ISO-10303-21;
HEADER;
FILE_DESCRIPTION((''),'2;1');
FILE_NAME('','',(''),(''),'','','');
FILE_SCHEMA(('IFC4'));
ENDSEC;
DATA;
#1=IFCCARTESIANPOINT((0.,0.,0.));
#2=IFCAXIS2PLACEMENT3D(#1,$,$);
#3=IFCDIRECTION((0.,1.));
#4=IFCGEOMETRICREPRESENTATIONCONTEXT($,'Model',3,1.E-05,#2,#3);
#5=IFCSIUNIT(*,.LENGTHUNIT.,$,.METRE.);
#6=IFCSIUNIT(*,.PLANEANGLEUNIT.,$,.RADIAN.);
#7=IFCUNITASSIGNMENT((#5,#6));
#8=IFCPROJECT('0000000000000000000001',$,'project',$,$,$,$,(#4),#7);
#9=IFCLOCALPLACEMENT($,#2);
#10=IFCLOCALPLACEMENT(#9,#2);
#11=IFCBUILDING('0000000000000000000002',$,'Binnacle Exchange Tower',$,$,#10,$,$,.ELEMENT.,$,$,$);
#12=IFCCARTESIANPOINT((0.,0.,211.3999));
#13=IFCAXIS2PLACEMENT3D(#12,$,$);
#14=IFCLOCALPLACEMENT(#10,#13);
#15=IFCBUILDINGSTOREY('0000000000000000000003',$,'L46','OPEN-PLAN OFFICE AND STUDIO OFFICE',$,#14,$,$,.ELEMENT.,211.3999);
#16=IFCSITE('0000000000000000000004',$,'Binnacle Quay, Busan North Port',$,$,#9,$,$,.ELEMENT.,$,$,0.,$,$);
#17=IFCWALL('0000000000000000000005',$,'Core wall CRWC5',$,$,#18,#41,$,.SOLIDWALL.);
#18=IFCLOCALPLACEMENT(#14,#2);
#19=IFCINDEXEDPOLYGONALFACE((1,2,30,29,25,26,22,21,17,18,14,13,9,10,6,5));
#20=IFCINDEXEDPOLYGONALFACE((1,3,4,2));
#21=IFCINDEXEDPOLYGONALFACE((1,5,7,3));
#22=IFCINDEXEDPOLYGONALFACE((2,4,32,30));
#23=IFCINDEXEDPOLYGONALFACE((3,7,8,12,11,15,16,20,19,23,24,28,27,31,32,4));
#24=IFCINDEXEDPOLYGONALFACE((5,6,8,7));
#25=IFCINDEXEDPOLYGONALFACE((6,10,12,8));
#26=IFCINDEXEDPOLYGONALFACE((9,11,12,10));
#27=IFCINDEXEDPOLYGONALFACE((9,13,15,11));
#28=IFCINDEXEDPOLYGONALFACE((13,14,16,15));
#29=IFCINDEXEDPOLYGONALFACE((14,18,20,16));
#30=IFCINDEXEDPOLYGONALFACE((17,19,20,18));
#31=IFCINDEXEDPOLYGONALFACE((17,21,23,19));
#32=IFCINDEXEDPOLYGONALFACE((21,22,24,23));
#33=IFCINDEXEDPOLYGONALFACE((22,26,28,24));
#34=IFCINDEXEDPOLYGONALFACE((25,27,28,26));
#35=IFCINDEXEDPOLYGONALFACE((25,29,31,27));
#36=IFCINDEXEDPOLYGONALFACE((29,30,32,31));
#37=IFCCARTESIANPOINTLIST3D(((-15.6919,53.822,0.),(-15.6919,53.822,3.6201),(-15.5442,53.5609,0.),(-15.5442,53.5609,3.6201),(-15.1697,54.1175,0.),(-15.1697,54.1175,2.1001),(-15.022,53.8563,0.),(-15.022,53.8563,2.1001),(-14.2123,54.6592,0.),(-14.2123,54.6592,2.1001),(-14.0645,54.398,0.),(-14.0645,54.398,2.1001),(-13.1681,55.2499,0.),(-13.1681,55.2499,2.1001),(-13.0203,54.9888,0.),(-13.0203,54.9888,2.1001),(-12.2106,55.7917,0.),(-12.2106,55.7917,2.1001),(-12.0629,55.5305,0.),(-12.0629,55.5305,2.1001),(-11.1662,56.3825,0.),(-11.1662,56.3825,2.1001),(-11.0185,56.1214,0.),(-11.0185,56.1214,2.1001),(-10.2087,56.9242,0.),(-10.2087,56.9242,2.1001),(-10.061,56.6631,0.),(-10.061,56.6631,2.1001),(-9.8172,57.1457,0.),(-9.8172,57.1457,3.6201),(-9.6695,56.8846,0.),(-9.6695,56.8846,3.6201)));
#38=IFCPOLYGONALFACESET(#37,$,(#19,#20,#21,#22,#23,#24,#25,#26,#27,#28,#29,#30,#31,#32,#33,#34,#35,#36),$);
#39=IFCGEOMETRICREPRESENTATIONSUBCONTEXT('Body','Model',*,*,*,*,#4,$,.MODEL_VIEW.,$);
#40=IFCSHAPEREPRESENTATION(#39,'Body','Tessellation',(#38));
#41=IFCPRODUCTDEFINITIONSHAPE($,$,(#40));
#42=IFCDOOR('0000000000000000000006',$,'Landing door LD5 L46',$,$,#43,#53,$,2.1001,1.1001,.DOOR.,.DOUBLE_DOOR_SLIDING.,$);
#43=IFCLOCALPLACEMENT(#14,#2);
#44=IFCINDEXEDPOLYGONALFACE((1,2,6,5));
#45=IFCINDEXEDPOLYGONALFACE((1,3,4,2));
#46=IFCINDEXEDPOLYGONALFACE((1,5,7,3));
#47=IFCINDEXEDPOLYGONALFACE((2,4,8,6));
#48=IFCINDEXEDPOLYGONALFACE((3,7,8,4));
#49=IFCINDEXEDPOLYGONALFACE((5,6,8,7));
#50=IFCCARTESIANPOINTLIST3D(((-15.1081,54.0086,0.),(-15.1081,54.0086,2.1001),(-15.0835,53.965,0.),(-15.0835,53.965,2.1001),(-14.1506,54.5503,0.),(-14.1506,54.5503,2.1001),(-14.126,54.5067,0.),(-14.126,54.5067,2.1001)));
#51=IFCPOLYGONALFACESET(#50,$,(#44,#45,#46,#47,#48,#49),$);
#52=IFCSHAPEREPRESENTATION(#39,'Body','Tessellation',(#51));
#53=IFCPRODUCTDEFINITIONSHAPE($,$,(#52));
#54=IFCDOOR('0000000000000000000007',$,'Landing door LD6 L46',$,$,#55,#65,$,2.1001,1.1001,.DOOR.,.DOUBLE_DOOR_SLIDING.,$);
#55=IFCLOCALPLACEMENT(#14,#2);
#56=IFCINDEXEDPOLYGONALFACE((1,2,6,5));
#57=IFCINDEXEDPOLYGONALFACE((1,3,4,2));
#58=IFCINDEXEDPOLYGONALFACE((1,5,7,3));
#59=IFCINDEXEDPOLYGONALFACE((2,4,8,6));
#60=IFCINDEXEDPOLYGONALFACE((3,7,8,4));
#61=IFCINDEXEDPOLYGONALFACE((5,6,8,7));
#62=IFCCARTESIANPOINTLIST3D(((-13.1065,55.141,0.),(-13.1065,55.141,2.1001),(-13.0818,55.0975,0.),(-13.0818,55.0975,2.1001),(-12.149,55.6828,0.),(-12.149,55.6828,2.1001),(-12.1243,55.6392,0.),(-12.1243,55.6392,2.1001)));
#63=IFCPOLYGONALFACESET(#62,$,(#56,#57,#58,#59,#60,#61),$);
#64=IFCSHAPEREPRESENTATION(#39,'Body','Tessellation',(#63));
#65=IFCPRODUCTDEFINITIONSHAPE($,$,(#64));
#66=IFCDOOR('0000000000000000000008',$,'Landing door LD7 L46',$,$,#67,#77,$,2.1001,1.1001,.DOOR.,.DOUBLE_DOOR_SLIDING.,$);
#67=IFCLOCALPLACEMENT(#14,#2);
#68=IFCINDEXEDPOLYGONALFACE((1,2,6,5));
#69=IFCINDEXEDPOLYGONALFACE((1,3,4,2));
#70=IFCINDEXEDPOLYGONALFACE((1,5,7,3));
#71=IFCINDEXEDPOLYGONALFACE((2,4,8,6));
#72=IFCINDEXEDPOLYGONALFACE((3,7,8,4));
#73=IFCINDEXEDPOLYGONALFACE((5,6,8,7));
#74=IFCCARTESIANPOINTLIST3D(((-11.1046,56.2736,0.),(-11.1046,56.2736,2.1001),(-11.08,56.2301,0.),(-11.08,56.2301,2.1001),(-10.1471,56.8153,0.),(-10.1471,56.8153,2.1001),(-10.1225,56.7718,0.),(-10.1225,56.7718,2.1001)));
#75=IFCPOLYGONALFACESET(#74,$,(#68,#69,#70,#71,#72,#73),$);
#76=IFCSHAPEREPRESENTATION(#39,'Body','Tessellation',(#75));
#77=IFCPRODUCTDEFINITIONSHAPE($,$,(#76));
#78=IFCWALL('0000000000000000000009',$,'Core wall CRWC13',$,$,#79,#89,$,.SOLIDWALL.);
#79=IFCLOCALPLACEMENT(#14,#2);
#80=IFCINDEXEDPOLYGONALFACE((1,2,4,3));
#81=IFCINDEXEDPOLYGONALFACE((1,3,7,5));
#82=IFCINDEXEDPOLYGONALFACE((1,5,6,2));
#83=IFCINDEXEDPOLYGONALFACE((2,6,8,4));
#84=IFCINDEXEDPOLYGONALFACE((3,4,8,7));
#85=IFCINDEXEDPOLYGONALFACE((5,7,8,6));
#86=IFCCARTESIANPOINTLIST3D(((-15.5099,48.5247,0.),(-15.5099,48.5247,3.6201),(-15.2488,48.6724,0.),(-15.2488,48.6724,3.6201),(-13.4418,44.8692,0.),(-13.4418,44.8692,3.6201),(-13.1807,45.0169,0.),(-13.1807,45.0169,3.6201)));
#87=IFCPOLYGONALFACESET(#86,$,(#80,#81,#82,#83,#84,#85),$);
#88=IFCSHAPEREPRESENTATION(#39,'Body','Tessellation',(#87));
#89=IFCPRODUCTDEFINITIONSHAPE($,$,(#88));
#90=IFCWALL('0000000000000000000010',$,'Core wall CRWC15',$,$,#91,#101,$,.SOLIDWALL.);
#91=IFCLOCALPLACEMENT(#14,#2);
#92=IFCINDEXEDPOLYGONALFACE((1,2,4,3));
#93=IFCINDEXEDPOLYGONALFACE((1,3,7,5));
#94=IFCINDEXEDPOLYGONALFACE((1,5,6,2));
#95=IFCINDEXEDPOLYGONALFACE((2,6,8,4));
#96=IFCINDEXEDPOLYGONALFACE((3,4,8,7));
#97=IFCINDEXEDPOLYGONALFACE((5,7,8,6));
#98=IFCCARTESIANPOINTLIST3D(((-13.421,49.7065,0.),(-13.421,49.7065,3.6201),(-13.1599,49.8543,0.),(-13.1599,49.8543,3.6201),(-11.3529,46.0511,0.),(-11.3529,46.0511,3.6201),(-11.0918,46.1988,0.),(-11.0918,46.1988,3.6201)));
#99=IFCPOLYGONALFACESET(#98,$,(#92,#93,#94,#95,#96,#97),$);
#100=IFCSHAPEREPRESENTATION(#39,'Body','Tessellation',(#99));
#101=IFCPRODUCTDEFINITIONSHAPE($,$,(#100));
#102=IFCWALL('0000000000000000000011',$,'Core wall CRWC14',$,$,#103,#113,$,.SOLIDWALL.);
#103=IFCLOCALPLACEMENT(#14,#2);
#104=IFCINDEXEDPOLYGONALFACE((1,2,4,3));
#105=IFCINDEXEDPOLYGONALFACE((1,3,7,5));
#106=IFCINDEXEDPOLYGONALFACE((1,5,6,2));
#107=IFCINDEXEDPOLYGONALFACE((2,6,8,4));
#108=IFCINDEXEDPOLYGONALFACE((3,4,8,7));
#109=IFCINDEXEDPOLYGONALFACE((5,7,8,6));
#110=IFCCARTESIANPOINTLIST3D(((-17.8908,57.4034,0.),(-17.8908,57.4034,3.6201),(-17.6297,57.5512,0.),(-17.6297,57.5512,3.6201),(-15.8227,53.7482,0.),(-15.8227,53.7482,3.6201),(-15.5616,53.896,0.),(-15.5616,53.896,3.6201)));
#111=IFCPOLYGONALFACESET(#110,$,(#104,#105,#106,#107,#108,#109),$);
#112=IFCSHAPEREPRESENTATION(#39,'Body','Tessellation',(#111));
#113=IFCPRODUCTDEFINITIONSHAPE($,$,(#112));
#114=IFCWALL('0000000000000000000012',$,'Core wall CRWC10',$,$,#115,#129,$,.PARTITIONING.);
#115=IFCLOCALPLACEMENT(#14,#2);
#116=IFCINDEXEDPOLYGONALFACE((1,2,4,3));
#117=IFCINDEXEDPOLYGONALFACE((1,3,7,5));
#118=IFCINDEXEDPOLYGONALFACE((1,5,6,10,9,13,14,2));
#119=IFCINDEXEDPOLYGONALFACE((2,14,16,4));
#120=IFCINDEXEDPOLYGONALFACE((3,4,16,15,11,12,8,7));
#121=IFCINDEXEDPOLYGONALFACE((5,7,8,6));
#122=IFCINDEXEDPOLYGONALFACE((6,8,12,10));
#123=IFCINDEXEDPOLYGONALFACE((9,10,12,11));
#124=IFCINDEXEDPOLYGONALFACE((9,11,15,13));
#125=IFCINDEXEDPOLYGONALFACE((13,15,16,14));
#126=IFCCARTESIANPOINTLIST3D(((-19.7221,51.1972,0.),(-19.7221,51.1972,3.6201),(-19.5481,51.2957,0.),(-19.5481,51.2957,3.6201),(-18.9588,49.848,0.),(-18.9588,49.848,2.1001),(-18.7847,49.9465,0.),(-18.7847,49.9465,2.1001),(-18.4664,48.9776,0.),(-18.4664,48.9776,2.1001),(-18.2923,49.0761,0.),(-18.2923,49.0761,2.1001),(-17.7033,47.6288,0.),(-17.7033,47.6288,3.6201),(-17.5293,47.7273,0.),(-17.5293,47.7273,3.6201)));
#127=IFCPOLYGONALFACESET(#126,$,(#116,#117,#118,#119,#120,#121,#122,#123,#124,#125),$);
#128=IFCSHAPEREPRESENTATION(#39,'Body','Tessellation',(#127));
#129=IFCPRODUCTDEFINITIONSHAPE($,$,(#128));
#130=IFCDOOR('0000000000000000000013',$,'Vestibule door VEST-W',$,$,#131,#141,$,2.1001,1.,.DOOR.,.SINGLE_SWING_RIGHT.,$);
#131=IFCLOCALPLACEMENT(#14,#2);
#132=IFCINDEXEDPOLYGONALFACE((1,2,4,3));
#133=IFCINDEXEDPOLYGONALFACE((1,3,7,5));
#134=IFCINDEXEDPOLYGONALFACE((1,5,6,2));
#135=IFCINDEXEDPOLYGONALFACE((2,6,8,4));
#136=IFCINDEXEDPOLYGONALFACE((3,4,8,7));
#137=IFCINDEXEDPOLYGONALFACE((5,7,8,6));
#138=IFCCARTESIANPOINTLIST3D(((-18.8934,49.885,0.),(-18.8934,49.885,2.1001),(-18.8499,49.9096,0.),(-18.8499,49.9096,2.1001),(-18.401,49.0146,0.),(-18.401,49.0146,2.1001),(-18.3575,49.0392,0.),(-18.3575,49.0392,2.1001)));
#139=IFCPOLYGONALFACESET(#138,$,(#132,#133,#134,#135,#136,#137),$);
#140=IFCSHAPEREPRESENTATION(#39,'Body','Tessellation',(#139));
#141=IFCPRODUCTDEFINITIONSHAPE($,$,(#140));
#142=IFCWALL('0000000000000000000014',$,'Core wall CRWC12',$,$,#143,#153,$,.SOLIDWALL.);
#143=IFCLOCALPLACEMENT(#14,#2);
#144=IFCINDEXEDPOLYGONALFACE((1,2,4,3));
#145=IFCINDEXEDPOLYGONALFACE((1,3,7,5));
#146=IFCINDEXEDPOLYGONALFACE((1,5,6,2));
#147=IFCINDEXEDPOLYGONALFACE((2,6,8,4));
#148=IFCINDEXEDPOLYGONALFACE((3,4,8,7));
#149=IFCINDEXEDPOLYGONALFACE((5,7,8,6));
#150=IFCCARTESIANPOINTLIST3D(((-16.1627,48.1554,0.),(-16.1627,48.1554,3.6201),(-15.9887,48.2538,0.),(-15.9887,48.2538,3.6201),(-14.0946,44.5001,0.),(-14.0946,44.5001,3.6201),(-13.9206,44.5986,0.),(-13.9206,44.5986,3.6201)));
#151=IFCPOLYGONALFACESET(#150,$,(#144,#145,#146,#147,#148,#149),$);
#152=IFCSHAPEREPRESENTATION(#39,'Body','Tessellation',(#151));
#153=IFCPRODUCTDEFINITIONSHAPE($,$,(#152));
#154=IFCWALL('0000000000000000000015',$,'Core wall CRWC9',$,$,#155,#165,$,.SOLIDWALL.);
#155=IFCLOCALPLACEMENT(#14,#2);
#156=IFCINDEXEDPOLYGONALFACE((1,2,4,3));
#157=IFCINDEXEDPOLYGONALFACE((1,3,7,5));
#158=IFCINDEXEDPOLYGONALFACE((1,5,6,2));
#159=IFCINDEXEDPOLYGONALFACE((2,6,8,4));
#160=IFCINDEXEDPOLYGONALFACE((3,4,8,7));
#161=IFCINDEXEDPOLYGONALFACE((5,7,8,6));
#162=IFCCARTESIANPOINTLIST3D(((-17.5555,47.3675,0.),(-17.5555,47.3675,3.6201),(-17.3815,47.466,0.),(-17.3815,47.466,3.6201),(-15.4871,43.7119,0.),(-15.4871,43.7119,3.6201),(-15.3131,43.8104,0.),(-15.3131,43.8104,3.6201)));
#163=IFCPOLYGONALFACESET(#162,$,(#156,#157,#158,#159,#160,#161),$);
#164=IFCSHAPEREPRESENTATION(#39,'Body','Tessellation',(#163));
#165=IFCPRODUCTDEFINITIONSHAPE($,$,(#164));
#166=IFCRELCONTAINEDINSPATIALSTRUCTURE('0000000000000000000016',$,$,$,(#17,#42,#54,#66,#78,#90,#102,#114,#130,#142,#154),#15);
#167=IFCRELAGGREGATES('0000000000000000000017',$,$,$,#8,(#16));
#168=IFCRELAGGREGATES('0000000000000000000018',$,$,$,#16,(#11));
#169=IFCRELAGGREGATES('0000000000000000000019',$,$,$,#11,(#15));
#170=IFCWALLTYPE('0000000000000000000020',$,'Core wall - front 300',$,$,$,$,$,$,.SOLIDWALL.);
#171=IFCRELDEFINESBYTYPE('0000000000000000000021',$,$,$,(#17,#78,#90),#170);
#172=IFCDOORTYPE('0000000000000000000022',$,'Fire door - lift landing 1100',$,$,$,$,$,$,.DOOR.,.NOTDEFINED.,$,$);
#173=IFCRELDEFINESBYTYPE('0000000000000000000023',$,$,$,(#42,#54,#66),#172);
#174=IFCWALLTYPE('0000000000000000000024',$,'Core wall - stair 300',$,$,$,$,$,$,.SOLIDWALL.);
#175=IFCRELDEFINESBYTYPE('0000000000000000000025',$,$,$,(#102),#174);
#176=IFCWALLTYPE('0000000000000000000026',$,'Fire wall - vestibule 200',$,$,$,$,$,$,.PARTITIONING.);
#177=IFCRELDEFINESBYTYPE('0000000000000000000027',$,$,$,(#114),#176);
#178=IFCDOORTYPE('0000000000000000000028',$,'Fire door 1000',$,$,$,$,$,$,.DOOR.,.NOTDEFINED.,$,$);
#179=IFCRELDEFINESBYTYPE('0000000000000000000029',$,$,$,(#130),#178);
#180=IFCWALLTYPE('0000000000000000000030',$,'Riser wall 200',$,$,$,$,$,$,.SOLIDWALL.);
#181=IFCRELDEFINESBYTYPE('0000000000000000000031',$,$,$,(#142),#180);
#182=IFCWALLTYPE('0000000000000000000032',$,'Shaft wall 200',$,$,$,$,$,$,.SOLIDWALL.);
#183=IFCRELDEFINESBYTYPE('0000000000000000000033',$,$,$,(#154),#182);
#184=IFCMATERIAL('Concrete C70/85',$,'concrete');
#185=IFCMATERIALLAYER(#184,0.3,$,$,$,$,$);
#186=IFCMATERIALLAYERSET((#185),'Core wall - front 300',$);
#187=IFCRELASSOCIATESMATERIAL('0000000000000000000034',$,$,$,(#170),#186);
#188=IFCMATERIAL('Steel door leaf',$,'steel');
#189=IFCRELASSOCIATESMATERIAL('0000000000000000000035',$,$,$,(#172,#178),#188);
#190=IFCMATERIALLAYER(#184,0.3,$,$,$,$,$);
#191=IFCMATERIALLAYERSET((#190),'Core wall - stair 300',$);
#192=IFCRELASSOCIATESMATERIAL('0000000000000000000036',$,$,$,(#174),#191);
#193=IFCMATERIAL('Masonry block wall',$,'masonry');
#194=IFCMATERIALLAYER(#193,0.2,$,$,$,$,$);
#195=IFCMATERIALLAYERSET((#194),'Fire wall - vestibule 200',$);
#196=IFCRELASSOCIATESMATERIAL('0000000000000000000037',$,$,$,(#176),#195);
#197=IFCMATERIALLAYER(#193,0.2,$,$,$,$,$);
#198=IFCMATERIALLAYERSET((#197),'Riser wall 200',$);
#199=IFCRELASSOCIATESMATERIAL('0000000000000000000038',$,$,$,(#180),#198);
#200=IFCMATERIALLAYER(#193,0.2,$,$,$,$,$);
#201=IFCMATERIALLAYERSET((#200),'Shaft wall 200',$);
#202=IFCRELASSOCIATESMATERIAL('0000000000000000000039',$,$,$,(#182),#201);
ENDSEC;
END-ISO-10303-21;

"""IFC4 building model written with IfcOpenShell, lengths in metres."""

from ifc_helpers import new_model, si_unit, direction, frame, frame_2d, origin, place, context, subcontext, project, spatial, rectangle, extrude, material, layer, layer_set, type_object, element, fill, save


model = new_model("IFC4")

# Units and contexts
model_context = context("Model", 3, precision=1e-05, world=origin(), true_north=direction((0.0, 1.0)))
body_context = subcontext(model_context, "Body", "Model", "MODEL_VIEW")
ifc_project = project(units=[si_unit("LENGTHUNIT", "METRE"), si_unit("PLANEANGLEUNIT", "RADIAN")], contexts=[model_context])

# Site, building, storey
site_placement = place(None, origin())
site = spatial("IfcSite", under=ifc_project, at=site_placement, Name="Binnacle Quay, Busan North Port", CompositionType="ELEMENT", RefElevation=0.0)
building_placement = place(site_placement, origin())
building = spatial("IfcBuilding", under=site, at=building_placement, Name="Binnacle Exchange Tower", CompositionType="ELEMENT")
storey_placement = place(building_placement, frame((0.0, 0.0, 211.3999)))
storey = spatial("IfcBuildingStorey", under=building, at=storey_placement, Name="L46", Description="OPEN-PLAN OFFICE AND STUDIO OFFICE", CompositionType="ELEMENT", Elevation=211.3999)

# Wall, openings, doors
ifc_material_1 = material(Name="Concrete C70/85", Category="concrete")
ifc_layer_1 = layer(ifc_material_1, 0.3)
ifc_layer_set_1 = layer_set([ifc_layer_1], Name="Core wall - front 300")
wall_type_1 = type_object("IfcWallType", Name="Core wall - front 300", PredefinedType="SOLIDWALL", material=ifc_layer_set_1)
ifc_material_2 = material(Name="Steel door leaf", Category="steel")
wall_1_placement = place(storey_placement, frame((-15.6182, 53.6914, 0.0), z_axis=(0.0, 0.0, 1.0), x_axis=(0.870359, 0.492418, 0.0)))
wall_1 = element("IfcWall", 1, at=wall_1_placement, inside=storey, type_object=wall_type_1, Name="Core wall CRWC5", PredefinedType="SOLIDWALL", context=body_context, shape_type="SweptSolid", body=[
    extrude(rectangle(XDim=6.7498, YDim=0.3, at=frame_2d((3.375, 0.0))), origin(), (0.0, 0.0, 1.0), 3.6201),
])
opening_1_placement = place(wall_1_placement, frame((0.6001, 0.0, 0.0)))
opening_1 = element("IfcOpeningElement", 2, at=opening_1_placement, cuts=wall_1, PredefinedType="OPENING", context=body_context, shape_type="SweptSolid", body=[
    extrude(rectangle(XDim=1.1001, YDim=2.1001, at=frame_2d((0.55, 1.05))), frame((0.0, 0.1599, 0.0), z_axis=(0.0, -1.0, 0.0), x_axis=(1.0, 0.0, 0.0)), (0.0, 0.0, 1.0), 0.3201),
])
opening_2_placement = place(wall_1_placement, frame((2.8999, 0.0, 0.0)))
opening_2 = element("IfcOpeningElement", 3, at=opening_2_placement, cuts=wall_1, PredefinedType="OPENING", context=body_context, shape_type="SweptSolid", body=[
    extrude(rectangle(XDim=1.1001, YDim=2.1001, at=frame_2d((0.55, 1.05))), frame((0.0, 0.1599, 0.0), z_axis=(0.0, -1.0, 0.0), x_axis=(1.0, 0.0, 0.0)), (0.0, 0.0, 1.0), 0.3201),
])
opening_3_placement = place(wall_1_placement, frame((5.2, 0.0, 0.0)))
opening_3 = element("IfcOpeningElement", 4, at=opening_3_placement, cuts=wall_1, PredefinedType="OPENING", context=body_context, shape_type="SweptSolid", body=[
    extrude(rectangle(XDim=1.1001, YDim=2.1001, at=frame_2d((0.55, 1.05))), frame((0.0, 0.1599, 0.0), z_axis=(0.0, -1.0, 0.0), x_axis=(1.0, 0.0, 0.0)), (0.0, 0.0, 1.0), 0.3201),
])
door_type_1 = type_object("IfcDoorType", Name="Fire door - lift landing 1100", OperationType="NOTDEFINED", PredefinedType="DOOR", material=ifc_material_2)
door_1_placement = place(opening_1_placement, origin())
door_1 = element("IfcDoor", 5, at=door_1_placement, inside=storey, type_object=door_type_1, Name="Landing door LD5 L46", OperationType="DOUBLE_DOOR_SLIDING", OverallHeight=2.1001, OverallWidth=1.1001, PredefinedType="DOOR", context=body_context, shape_type="SweptSolid", body=[
    extrude(rectangle(XDim=1.1001, YDim=2.1001, at=frame_2d((0.55, 1.05))), frame((0.0, 0.0249, 0.0), z_axis=(0.0, -1.0, 0.0), x_axis=(1.0, 0.0, 0.0)), (0.0, 0.0, 1.0), 0.05),
])
fill(opening_1, door_1)
door_2_placement = place(opening_2_placement, origin())
door_2 = element("IfcDoor", 6, at=door_2_placement, inside=storey, type_object=door_type_1, Name="Landing door LD6 L46", OperationType="DOUBLE_DOOR_SLIDING", OverallHeight=2.1001, OverallWidth=1.1001, PredefinedType="DOOR", context=body_context, shape_type="SweptSolid", body=[
    extrude(rectangle(XDim=1.1001, YDim=2.1001, at=frame_2d((0.55, 1.05))), frame((0.0, 0.0249, 0.0), z_axis=(0.0, -1.0, 0.0), x_axis=(1.0, 0.0, 0.0)), (0.0, 0.0, 1.0), 0.05),
])
fill(opening_2, door_2)
door_3_placement = place(opening_3_placement, origin())
door_3 = element("IfcDoor", 7, at=door_3_placement, inside=storey, type_object=door_type_1, Name="Landing door LD7 L46", OperationType="DOUBLE_DOOR_SLIDING", OverallHeight=2.1001, OverallWidth=1.1001, PredefinedType="DOOR", context=body_context, shape_type="SweptSolid", body=[
    extrude(rectangle(XDim=1.1001, YDim=2.1001, at=frame_2d((0.55, 1.05))), frame((0.0, 0.0249, 0.0), z_axis=(0.0, -1.0, 0.0), x_axis=(1.0, 0.0, 0.0)), (0.0, 0.0, 1.0), 0.05),
])
fill(opening_3, door_3)

# Walls
for number, where, z_axis, x_axis, name in (
    (8, (-15.3794, 48.5986, 0.0), (0.0, 0.0, 1.0), (0.49241, -0.870364, 0.0), "Core wall CRWC13"),
    (9, (-13.2905, 49.7805, 0.0), (0.0, 0.0, 1.0), (0.49241, -0.870364, 0.0), "Core wall CRWC15"),
):
    element("IfcWall", number, at=place(storey_placement, frame(where, z_axis=z_axis, x_axis=x_axis)), inside=storey, type_object=wall_type_1, Name=name, PredefinedType="SOLIDWALL", context=body_context, shape_type="SweptSolid", body=[
        extrude(rectangle(XDim=4.2, YDim=0.3, at=frame_2d((2.1001, 0.0))), origin(), (0.0, 0.0, 1.0), 3.6201),
    ])
ifc_layer_2 = layer(ifc_material_1, 0.3)
ifc_layer_set_2 = layer_set([ifc_layer_2], Name="Core wall - stair 300")
wall_type_2 = type_object("IfcWallType", Name="Core wall - stair 300", PredefinedType="SOLIDWALL", material=ifc_layer_set_2)
wall_2_placement = place(storey_placement, frame((-17.7603, 57.4773, 0.0), z_axis=(0.0, 0.0, 1.0), x_axis=(0.492435, -0.870349, 0.0)))
element("IfcWall", 10, at=wall_2_placement, inside=storey, type_object=wall_type_2, Name="Core wall CRWC14", PredefinedType="SOLIDWALL", context=body_context, shape_type="SweptSolid", body=[
    extrude(rectangle(XDim=4.1997, YDim=0.3, at=frame_2d((2.0999, 0.0))), origin(), (0.0, 0.0, 1.0), 3.6201),
])

# Wall, opening, door
ifc_material_3 = material(Name="Masonry block wall", Category="masonry")
ifc_layer_3 = layer(ifc_material_3, 0.2)
ifc_layer_set_3 = layer_set([ifc_layer_3], Name="Fire wall - vestibule 200")
wall_type_3 = type_object("IfcWallType", Name="Fire wall - vestibule 200", PredefinedType="PARTITIONING", material=ifc_layer_set_3)
wall_3_placement = place(storey_placement, frame((-19.635, 51.2463, 0.0), z_axis=(0.0, 0.0, 1.0), x_axis=(0.492408, -0.870364, 0.0)))
wall_3 = element("IfcWall", 11, at=wall_3_placement, inside=storey, type_object=wall_type_3, Name="Core wall CRWC10", PredefinedType="PARTITIONING", context=body_context, shape_type="SweptSolid", body=[
    extrude(rectangle(XDim=4.0999, YDim=0.2, at=frame_2d((2.0498, 0.0))), origin(), (0.0, 0.0, 1.0), 3.6201),
])
opening_4_placement = place(wall_3_placement, frame((1.55, 0.0, 0.0)))
opening_4 = element("IfcOpeningElement", 12, at=opening_4_placement, cuts=wall_3, PredefinedType="OPENING", context=body_context, shape_type="SweptSolid", body=[
    extrude(rectangle(XDim=1.0, YDim=2.1001, at=frame_2d((0.5, 1.05))), frame((0.0, 0.1099, 0.0), z_axis=(0.0, -1.0, 0.0), x_axis=(1.0, 0.0, 0.0)), (0.0, 0.0, 1.0), 0.22),
])
door_type_2 = type_object("IfcDoorType", Name="Fire door 1000", OperationType="NOTDEFINED", PredefinedType="DOOR", material=ifc_material_2)
door_4_placement = place(opening_4_placement, frame((1.0, 0.0, 0.0), z_axis=(0.0, 0.0, 1.0), x_axis=(-1.0, 0.0, 0.0)))
door_4 = element("IfcDoor", 13, at=door_4_placement, inside=storey, type_object=door_type_2, Name="Vestibule door VEST-W", OperationType="SINGLE_SWING_RIGHT", OverallHeight=2.1001, OverallWidth=1.0, PredefinedType="DOOR", context=body_context, shape_type="SweptSolid", body=[
    extrude(rectangle(XDim=1.0, YDim=2.1001, at=frame_2d((0.5, 1.05))), frame((0.0, 0.0249, 0.0), z_axis=(0.0, -1.0, 0.0), x_axis=(1.0, 0.0, 0.0)), (0.0, 0.0, 1.0), 0.05),
])
fill(opening_4, door_4)

# Walls
ifc_layer_4 = layer(ifc_material_3, 0.2)
ifc_layer_set_4 = layer_set([ifc_layer_4], Name="Riser wall 200")
wall_type_4 = type_object("IfcWallType", Name="Riser wall 200", PredefinedType="SOLIDWALL", material=ifc_layer_set_4)
wall_4_placement = place(storey_placement, frame((-16.0757, 48.2046, 0.0), z_axis=(0.0, 0.0, 1.0), x_axis=(0.492435, -0.870349, 0.0)))
element("IfcWall", 14, at=wall_4_placement, inside=storey, type_object=wall_type_4, Name="Core wall CRWC12", PredefinedType="SOLIDWALL", context=body_context, shape_type="SweptSolid", body=[
    extrude(rectangle(XDim=4.1997, YDim=0.2, at=frame_2d((2.0999, 0.0))), origin(), (0.0, 0.0, 1.0), 3.6201),
])
ifc_layer_5 = layer(ifc_material_3, 0.2)
ifc_layer_set_5 = layer_set([ifc_layer_5], Name="Shaft wall 200")
wall_type_5 = type_object("IfcWallType", Name="Shaft wall 200", PredefinedType="SOLIDWALL", material=ifc_layer_set_5)
wall_5_placement = place(storey_placement, frame((-17.4685, 47.4167, 0.0), z_axis=(0.0, 0.0, 1.0), x_axis=(0.492454, -0.870339, 0.0)))
element("IfcWall", 15, at=wall_5_placement, inside=storey, type_object=wall_type_5, Name="Core wall CRWC9", PredefinedType="SOLIDWALL", context=body_context, shape_type="SweptSolid", body=[
    extrude(rectangle(XDim=4.2002, YDim=0.2, at=frame_2d((2.1001, 0.0))), origin(), (0.0, 0.0, 1.0), 3.6201),
])

save(model, "model.ifc")
